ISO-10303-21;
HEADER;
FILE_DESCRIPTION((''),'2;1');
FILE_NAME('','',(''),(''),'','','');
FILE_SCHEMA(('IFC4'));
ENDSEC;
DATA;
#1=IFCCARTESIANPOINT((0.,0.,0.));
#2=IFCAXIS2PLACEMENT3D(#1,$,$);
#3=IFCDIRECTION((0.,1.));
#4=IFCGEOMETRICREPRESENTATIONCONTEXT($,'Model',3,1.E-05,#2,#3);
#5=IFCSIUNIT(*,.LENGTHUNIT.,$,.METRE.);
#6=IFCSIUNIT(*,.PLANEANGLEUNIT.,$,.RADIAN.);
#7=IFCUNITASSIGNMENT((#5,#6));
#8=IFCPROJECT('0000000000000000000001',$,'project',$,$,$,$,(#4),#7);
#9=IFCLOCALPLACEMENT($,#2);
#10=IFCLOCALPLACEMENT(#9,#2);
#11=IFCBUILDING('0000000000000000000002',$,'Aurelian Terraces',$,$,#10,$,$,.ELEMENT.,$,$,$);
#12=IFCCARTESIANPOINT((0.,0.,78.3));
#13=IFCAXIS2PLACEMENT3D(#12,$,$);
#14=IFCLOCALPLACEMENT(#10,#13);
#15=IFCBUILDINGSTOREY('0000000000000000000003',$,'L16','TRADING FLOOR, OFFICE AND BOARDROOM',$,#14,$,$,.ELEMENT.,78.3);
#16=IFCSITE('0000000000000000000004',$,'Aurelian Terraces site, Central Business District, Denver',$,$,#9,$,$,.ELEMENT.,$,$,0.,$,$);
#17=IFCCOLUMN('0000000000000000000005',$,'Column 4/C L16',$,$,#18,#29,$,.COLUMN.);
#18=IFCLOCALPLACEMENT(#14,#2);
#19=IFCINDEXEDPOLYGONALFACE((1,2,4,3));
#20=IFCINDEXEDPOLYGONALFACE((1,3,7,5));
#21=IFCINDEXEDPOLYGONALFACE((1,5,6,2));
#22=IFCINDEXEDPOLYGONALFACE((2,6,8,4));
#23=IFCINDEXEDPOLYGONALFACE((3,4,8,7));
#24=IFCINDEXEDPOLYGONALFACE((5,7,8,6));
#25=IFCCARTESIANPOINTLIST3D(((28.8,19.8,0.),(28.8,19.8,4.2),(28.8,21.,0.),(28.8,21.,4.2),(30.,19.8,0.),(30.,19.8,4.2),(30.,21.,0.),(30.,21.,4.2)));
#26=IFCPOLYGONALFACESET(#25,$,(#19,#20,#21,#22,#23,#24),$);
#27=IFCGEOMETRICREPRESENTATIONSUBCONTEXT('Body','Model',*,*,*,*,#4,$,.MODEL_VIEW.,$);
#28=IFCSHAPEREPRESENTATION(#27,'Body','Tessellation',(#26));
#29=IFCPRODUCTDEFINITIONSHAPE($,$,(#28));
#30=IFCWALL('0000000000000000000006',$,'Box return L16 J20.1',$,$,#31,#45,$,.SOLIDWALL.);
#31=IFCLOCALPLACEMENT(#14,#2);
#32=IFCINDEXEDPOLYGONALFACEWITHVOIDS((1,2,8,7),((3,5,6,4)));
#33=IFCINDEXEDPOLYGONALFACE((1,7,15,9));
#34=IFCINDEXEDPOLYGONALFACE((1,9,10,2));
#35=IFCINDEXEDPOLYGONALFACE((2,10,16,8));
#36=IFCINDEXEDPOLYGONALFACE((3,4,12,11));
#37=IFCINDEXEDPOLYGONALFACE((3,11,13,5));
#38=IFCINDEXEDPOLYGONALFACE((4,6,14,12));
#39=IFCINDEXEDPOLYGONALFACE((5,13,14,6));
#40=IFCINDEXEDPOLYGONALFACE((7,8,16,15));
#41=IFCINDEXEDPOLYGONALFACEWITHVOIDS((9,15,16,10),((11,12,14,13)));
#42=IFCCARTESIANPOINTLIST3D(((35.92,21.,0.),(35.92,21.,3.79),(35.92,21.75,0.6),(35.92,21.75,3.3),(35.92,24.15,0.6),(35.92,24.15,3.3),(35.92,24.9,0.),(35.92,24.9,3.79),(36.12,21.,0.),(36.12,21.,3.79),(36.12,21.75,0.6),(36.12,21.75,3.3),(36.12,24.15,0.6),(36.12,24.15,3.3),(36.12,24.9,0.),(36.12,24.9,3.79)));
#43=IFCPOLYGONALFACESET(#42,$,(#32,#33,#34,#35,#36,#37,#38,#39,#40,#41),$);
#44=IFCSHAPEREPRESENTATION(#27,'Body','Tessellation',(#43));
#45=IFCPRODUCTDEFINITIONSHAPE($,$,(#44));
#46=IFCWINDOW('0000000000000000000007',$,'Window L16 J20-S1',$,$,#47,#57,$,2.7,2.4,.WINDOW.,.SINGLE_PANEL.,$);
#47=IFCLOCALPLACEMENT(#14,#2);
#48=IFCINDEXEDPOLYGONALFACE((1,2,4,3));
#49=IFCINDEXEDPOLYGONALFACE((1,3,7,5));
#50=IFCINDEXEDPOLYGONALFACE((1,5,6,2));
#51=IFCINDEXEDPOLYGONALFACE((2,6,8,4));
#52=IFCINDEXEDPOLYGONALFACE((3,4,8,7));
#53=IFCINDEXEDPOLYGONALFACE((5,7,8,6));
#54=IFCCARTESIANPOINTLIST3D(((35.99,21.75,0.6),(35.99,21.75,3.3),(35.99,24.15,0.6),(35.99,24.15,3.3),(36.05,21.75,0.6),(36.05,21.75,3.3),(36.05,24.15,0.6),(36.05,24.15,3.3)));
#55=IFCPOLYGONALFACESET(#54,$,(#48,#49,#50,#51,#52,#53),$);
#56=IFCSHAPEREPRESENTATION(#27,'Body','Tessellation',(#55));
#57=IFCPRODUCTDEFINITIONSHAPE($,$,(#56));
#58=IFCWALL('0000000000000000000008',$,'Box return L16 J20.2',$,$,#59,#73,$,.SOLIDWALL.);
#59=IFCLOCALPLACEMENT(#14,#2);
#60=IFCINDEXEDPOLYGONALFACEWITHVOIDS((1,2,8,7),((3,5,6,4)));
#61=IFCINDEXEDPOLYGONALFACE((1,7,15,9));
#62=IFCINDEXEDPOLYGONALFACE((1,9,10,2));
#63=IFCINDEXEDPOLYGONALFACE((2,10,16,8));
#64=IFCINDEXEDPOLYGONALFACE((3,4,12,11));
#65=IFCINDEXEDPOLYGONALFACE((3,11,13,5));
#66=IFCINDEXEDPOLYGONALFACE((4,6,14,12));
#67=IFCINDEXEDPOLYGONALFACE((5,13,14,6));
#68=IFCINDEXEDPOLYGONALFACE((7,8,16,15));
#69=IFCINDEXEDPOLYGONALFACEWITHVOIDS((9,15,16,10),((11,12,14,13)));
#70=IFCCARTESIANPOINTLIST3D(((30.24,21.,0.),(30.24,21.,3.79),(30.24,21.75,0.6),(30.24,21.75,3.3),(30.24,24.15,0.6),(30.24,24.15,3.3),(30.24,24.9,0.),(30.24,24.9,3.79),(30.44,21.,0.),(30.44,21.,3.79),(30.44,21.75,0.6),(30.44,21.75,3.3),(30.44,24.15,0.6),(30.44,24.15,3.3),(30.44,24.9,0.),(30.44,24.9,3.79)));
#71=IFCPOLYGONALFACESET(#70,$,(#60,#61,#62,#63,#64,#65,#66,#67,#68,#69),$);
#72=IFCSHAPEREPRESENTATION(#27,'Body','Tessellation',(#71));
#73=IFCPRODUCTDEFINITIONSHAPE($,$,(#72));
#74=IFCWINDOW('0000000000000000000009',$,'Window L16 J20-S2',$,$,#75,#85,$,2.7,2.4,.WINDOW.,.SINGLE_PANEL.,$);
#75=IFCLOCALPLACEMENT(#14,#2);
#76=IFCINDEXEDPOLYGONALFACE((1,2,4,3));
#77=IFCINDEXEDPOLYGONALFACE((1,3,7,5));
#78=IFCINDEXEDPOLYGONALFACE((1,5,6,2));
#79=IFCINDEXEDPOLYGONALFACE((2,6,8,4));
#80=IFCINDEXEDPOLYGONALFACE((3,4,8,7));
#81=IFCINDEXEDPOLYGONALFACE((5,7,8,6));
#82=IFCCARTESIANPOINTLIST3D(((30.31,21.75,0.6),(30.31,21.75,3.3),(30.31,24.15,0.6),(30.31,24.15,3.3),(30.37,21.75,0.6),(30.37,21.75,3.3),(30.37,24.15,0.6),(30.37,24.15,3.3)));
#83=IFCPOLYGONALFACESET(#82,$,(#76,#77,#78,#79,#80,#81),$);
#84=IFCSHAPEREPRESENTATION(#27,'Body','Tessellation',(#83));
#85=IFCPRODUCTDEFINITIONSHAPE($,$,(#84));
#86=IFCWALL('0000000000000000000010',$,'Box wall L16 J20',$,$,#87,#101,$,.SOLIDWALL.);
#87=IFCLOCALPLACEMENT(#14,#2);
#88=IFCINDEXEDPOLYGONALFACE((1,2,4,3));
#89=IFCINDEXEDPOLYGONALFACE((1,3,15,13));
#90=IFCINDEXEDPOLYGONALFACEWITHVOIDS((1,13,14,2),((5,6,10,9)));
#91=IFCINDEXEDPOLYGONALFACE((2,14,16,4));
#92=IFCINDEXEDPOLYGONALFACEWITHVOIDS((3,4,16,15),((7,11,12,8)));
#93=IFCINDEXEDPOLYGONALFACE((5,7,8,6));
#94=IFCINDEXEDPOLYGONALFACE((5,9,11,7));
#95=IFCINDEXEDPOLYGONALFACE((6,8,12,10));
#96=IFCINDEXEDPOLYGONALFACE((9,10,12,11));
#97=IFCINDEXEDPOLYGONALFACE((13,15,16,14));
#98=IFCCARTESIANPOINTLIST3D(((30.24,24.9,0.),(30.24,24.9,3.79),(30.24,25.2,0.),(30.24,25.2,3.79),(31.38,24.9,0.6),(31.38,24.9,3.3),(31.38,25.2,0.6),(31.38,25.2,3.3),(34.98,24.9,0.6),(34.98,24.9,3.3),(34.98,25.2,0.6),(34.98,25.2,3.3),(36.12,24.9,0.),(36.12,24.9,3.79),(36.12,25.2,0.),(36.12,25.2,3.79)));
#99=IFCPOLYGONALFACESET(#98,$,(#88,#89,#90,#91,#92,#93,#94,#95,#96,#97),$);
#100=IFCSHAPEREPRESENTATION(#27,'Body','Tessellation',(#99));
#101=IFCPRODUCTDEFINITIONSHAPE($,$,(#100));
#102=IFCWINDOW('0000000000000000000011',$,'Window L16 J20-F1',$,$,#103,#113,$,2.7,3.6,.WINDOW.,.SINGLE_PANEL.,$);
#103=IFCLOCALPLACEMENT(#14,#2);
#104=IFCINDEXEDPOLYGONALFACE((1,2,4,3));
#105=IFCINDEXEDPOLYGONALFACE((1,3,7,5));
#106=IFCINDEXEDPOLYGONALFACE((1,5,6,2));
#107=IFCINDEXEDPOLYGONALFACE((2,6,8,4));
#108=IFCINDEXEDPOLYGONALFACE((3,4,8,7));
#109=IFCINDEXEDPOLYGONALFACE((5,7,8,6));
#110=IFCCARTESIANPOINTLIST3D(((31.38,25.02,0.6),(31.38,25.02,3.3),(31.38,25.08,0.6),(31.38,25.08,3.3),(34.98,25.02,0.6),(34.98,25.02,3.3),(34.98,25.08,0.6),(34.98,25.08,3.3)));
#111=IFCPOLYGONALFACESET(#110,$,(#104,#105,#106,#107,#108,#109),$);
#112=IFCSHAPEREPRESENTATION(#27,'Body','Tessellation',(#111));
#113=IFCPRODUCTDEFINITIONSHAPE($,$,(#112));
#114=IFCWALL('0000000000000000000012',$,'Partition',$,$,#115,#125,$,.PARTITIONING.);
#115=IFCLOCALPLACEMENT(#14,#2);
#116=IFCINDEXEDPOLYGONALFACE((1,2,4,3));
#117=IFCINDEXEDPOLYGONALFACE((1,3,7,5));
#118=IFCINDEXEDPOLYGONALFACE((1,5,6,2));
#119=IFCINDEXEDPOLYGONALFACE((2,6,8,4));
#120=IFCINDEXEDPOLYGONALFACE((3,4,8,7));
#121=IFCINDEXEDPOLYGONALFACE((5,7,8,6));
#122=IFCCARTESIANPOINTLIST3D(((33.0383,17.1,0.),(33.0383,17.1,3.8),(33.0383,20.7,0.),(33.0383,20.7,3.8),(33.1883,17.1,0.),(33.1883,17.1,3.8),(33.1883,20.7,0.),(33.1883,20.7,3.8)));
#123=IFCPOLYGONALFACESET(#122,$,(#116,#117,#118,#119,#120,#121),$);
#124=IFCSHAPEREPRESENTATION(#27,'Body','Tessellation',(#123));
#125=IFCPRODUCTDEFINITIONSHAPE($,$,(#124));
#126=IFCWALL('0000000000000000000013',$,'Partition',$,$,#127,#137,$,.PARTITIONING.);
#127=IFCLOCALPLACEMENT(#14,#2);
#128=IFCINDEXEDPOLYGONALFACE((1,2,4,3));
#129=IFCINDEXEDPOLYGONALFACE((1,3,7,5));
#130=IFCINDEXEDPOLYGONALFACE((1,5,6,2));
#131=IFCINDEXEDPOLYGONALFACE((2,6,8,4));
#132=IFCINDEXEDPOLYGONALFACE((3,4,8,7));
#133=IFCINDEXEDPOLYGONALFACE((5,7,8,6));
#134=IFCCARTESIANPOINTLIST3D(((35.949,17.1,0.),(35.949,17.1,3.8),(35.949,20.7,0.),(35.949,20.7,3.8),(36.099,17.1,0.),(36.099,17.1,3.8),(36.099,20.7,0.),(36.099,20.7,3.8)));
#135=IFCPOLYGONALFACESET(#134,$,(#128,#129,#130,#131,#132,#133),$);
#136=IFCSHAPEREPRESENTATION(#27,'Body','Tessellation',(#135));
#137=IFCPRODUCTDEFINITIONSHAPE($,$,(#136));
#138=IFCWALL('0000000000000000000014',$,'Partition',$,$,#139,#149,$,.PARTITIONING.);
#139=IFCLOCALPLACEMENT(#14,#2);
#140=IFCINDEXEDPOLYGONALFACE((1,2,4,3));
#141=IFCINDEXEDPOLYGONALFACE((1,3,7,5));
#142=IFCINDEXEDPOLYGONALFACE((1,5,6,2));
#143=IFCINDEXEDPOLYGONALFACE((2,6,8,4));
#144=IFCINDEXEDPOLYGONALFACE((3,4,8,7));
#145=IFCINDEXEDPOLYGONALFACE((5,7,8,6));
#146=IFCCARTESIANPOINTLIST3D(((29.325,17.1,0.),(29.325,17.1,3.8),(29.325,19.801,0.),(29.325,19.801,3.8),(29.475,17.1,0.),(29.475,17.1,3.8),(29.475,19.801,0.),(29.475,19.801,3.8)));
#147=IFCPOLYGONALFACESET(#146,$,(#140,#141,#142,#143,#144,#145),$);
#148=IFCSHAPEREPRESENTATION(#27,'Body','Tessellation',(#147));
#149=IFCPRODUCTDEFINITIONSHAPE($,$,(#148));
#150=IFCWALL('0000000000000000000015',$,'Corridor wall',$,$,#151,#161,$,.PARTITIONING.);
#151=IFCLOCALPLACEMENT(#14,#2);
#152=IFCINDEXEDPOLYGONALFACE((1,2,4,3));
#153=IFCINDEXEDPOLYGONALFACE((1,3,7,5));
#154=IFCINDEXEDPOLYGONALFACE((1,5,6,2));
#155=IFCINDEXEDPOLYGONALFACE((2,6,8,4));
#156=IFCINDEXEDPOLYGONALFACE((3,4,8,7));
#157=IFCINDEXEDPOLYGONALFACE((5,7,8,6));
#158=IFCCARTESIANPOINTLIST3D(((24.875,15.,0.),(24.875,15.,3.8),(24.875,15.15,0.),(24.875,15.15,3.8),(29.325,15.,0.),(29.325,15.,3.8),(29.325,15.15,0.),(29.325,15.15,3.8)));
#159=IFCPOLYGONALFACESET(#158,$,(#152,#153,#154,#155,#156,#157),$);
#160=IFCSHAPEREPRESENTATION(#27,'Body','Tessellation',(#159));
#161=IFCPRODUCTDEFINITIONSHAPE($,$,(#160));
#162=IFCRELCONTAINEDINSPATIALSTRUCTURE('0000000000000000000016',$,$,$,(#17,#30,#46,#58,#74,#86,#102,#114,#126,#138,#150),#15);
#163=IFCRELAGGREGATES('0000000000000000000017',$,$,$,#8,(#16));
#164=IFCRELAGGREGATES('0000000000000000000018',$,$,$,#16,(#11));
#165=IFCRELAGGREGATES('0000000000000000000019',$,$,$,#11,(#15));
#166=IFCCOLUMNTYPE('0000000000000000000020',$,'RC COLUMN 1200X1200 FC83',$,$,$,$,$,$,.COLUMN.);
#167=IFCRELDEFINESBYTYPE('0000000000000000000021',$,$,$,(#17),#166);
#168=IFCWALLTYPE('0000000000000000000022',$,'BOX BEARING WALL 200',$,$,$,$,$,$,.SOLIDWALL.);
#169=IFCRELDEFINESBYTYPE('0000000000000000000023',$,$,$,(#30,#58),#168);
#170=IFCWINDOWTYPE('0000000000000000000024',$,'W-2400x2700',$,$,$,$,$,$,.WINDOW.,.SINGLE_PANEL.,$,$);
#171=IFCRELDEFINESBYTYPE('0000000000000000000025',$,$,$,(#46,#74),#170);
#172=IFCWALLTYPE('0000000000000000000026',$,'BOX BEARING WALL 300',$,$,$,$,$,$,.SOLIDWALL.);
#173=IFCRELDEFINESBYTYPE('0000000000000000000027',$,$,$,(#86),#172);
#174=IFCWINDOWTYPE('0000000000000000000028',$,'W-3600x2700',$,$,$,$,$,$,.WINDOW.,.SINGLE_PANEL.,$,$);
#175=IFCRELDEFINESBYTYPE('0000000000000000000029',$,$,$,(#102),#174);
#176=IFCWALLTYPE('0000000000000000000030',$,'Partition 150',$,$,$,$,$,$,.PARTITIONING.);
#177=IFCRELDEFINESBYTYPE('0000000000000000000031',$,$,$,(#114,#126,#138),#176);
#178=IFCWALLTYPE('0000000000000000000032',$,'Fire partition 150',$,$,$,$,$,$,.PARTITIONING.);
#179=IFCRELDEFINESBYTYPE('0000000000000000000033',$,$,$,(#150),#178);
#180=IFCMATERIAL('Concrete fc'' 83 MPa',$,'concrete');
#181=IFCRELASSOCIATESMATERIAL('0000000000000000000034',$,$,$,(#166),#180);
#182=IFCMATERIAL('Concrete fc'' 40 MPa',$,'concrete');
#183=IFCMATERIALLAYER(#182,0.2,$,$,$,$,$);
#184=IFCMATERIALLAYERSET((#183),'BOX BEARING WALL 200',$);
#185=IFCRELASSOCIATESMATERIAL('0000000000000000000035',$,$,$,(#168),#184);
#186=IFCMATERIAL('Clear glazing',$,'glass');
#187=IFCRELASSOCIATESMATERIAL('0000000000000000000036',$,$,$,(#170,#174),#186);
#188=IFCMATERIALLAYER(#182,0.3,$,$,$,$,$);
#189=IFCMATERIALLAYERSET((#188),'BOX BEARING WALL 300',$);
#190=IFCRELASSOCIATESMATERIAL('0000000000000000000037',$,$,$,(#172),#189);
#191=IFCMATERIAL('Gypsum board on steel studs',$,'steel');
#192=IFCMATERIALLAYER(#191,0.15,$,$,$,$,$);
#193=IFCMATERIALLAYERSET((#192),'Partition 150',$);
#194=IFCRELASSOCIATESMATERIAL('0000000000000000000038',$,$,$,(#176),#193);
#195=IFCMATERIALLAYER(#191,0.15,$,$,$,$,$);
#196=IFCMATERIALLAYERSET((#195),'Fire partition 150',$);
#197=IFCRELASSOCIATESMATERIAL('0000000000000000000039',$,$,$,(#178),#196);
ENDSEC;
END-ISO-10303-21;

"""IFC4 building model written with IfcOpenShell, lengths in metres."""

from ifc_helpers import new_model, si_unit, direction, frame, frame_2d, origin, origin_2d, place, context, subcontext, project, spatial, rectangle, extrude, source, transform, mapped, material, layer, layer_set, material_profile, profile_set, type_object, element, fill, save


model = new_model("IFC4")

# Units and contexts
model_context = context("Model", 3, precision=1e-05, world=origin(), true_north=direction((0.0, 1.0)))
body_context = subcontext(model_context, "Body", "Model", "MODEL_VIEW")
ifc_project = project(units=[si_unit("LENGTHUNIT", "METRE"), si_unit("PLANEANGLEUNIT", "RADIAN")], contexts=[model_context])

# Site, building, storey
site_placement = place(None, origin())
site = spatial("IfcSite", under=ifc_project, at=site_placement, Name="Aurelian Terraces site, Central Business District, Denver", CompositionType="ELEMENT", RefElevation=0.0)
building_placement = place(site_placement, origin())
building = spatial("IfcBuilding", under=site, at=building_placement, Name="Aurelian Terraces", CompositionType="ELEMENT")
storey_placement = place(building_placement, frame((0.0, 0.0, 78.3)))
storey = spatial("IfcBuildingStorey", under=building, at=storey_placement, Name="L16", Description="TRADING FLOOR, OFFICE AND BOARDROOM", CompositionType="ELEMENT", Elevation=78.3)

# Column
ifc_material_1 = material(Name="Concrete fc' 83 MPa", Category="concrete")
ifc_material_profile = material_profile(ifc_material_1, rectangle(XDim=1.2, YDim=1.2, at=origin_2d()))
ifc_profile_set = profile_set([ifc_material_profile], Name="Concrete fc' 83 MPa")
column_type = type_object("IfcColumnType", Name="RC COLUMN 1200X1200 FC83", PredefinedType="COLUMN", material=ifc_profile_set)
shared_shape_1 = source(origin(), body_context, "Body", "SweptSolid", [
    extrude(rectangle(XDim=1.2, YDim=1.2, at=origin_2d()), origin(), (0.0, 0.0, 1.0), 4.2),
])
column_placement = place(storey_placement, frame((29.4, 20.4, 0.0), z_axis=(0.0, 0.0, 1.0), x_axis=(1.0, 0.0, 0.0)))
element("IfcColumn", 1, at=column_placement, inside=storey, type_object=column_type, Name="Column 4/C L16", PredefinedType="COLUMN", context=body_context, shape_type="MappedRepresentation", body=[
    mapped(shared_shape_1, transform((0.0, 0.0, 0.0), scale=1.0)),
])

# Walls, openings, windows
ifc_material_2 = material(Name="Concrete fc' 40 MPa", Category="concrete")
ifc_layer_1 = layer(ifc_material_2, 0.2)
ifc_layer_set_1 = layer_set([ifc_layer_1], Name="BOX BEARING WALL 200")
wall_type_1 = type_object("IfcWallType", Name="BOX BEARING WALL 200", PredefinedType="SOLIDWALL", material=ifc_layer_set_1)
shared_shape_2 = source(origin(), body_context, "Body", "SweptSolid", [
    extrude(rectangle(XDim=3.9, YDim=0.2, at=frame_2d((1.95, 0.0))), origin(), (0.0, 0.0, 1.0), 3.79),
])
wall_1_placement = place(storey_placement, frame((36.02, 21.0, 0.0), z_axis=(0.0, 0.0, 1.0), x_axis=(0.0, 1.0, 0.0)))
wall_1 = element("IfcWall", 2, at=wall_1_placement, inside=storey, type_object=wall_type_1, Name="Box return L16 J20.1", PredefinedType="SOLIDWALL", context=body_context, shape_type="MappedRepresentation", body=[
    mapped(shared_shape_2, transform((0.0, 0.0, 0.0), scale=1.0)),
])
shared_shape_3 = source(origin(), body_context, "Body", "SweptSolid", [
    extrude(rectangle(XDim=2.4, YDim=2.7, at=frame_2d((1.2, 1.35))), frame((0.0, 0.11, 0.0), z_axis=(0.0, -1.0, 0.0), x_axis=(1.0, 0.0, 0.0)), (0.0, 0.0, 1.0), 0.22),
])
opening_1_placement = place(wall_1_placement, frame((0.75, 0.0, 0.6)))
opening_1 = element("IfcOpeningElement", 3, at=opening_1_placement, cuts=wall_1, PredefinedType="OPENING", context=body_context, shape_type="MappedRepresentation", body=[
    mapped(shared_shape_3, transform((0.0, 0.0, 0.0), scale=1.0)),
])
ifc_material_3 = material(Name="Clear glazing", Category="glass")
window_type_1 = type_object("IfcWindowType", Name="W-2400x2700", PartitioningType="SINGLE_PANEL", PredefinedType="WINDOW", material=ifc_material_3)
shared_shape_4 = source(origin(), body_context, "Body", "SweptSolid", [
    extrude(rectangle(XDim=2.4, YDim=2.7, at=frame_2d((1.2, 1.35))), frame((0.0, 0.03, 0.0), z_axis=(0.0, -1.0, 0.0), x_axis=(1.0, 0.0, 0.0)), (0.0, 0.0, 1.0), 0.06),
])
window_1_placement = place(opening_1_placement, origin())
window_1 = element("IfcWindow", 4, at=window_1_placement, inside=storey, type_object=window_type_1, Name="Window L16 J20-S1", OverallHeight=2.7, OverallWidth=2.4, PartitioningType="SINGLE_PANEL", PredefinedType="WINDOW", context=body_context, shape_type="MappedRepresentation", body=[
    mapped(shared_shape_4, transform((0.0, 0.0, 0.0), scale=1.0)),
])
fill(opening_1, window_1)
wall_2_placement = place(storey_placement, frame((30.34, 21.0, 0.0), z_axis=(0.0, 0.0, 1.0), x_axis=(0.0, 1.0, 0.0)))
wall_2 = element("IfcWall", 5, at=wall_2_placement, inside=storey, type_object=wall_type_1, Name="Box return L16 J20.2", PredefinedType="SOLIDWALL", context=body_context, shape_type="MappedRepresentation", body=[
    mapped(shared_shape_2, transform((0.0, 0.0, 0.0), scale=1.0)),
])
opening_2_placement = place(wall_2_placement, frame((0.75, 0.0, 0.6)))
opening_2 = element("IfcOpeningElement", 6, at=opening_2_placement, cuts=wall_2, PredefinedType="OPENING", context=body_context, shape_type="MappedRepresentation", body=[
    mapped(shared_shape_3, transform((0.0, 0.0, 0.0), scale=1.0)),
])
window_2_placement = place(opening_2_placement, origin())
window_2 = element("IfcWindow", 7, at=window_2_placement, inside=storey, type_object=window_type_1, Name="Window L16 J20-S2", OverallHeight=2.7, OverallWidth=2.4, PartitioningType="SINGLE_PANEL", PredefinedType="WINDOW", context=body_context, shape_type="MappedRepresentation", body=[
    mapped(shared_shape_4, transform((0.0, 0.0, 0.0), scale=1.0)),
])
fill(opening_2, window_2)
ifc_layer_2 = layer(ifc_material_2, 0.3)
ifc_layer_set_2 = layer_set([ifc_layer_2], Name="BOX BEARING WALL 300")
wall_type_2 = type_object("IfcWallType", Name="BOX BEARING WALL 300", PredefinedType="SOLIDWALL", material=ifc_layer_set_2)
shared_shape_5 = source(origin(), body_context, "Body", "SweptSolid", [
    extrude(rectangle(XDim=5.88, YDim=0.3, at=frame_2d((2.94, 0.0))), origin(), (0.0, 0.0, 1.0), 3.79),
])
wall_3_placement = place(storey_placement, frame((36.12, 25.05, 0.0), z_axis=(0.0, 0.0, 1.0), x_axis=(-1.0, 0.0, 0.0)))
wall_3 = element("IfcWall", 8, at=wall_3_placement, inside=storey, type_object=wall_type_2, Name="Box wall L16 J20", PredefinedType="SOLIDWALL", context=body_context, shape_type="MappedRepresentation", body=[
    mapped(shared_shape_5, transform((0.0, 0.0, 0.0), scale=1.0)),
])
shared_shape_6 = source(origin(), body_context, "Body", "SweptSolid", [
    extrude(rectangle(XDim=3.6, YDim=2.7, at=frame_2d((1.8, 1.35))), frame((0.0, 0.16, 0.0), z_axis=(0.0, -1.0, 0.0), x_axis=(1.0, 0.0, 0.0)), (0.0, 0.0, 1.0), 0.32),
])
opening_3_placement = place(wall_3_placement, frame((1.14, 0.0, 0.6)))
opening_3 = element("IfcOpeningElement", 9, at=opening_3_placement, cuts=wall_3, PredefinedType="OPENING", context=body_context, shape_type="MappedRepresentation", body=[
    mapped(shared_shape_6, transform((0.0, 0.0, 0.0), scale=1.0)),
])
window_type_2 = type_object("IfcWindowType", Name="W-3600x2700", PartitioningType="SINGLE_PANEL", PredefinedType="WINDOW", material=ifc_material_3)
shared_shape_7 = source(origin(), body_context, "Body", "SweptSolid", [
    extrude(rectangle(XDim=3.6, YDim=2.7, at=frame_2d((1.8, 1.35))), frame((0.0, 0.03, 0.0), z_axis=(0.0, -1.0, 0.0), x_axis=(1.0, 0.0, 0.0)), (0.0, 0.0, 1.0), 0.06),
])
window_3_placement = place(opening_3_placement, origin())
window_3 = element("IfcWindow", 10, at=window_3_placement, inside=storey, type_object=window_type_2, Name="Window L16 J20-F1", OverallHeight=2.7, OverallWidth=3.6, PartitioningType="SINGLE_PANEL", PredefinedType="WINDOW", context=body_context, shape_type="MappedRepresentation", body=[
    mapped(shared_shape_7, transform((0.0, 0.0, 0.0), scale=1.0)),
])
fill(opening_3, window_3)

# Walls
ifc_material_4 = material(Name="Gypsum board on steel studs", Category="steel")
ifc_layer_3 = layer(ifc_material_4, 0.15)
ifc_layer_set_3 = layer_set([ifc_layer_3], Name="Partition 150")
wall_type_3 = type_object("IfcWallType", Name="Partition 150", PredefinedType="PARTITIONING", material=ifc_layer_set_3)
shared_shape_8 = source(origin(), body_context, "Body", "SweptSolid", [
    extrude(rectangle(XDim=3.6, YDim=0.15, at=frame_2d((1.8, 0.0))), origin(), (0.0, 0.0, 1.0), 3.8),
])
for number, where, z_axis, x_axis, name in (
    (11, (33.1133, 20.7, 0.0), (0.0, 0.0, 1.0), (0.0, -1.0, 0.0), "Partition"),
    (12, (36.024, 20.7, 0.0), (0.0, 0.0, 1.0), (0.0, -1.0, 0.0), "Partition"),
):
    element("IfcWall", number, at=place(storey_placement, frame(where, z_axis=z_axis, x_axis=x_axis)), inside=storey, type_object=wall_type_3, Name=name, PredefinedType="PARTITIONING", context=body_context, shape_type="MappedRepresentation", body=[
        mapped(shared_shape_8, transform((0.0, 0.0, 0.0), scale=1.0)),
    ])
shared_shape_9 = source(origin(), body_context, "Body", "SweptSolid", [
    extrude(rectangle(XDim=2.701, YDim=0.15, at=frame_2d((1.3505, 0.0))), origin(), (0.0, 0.0, 1.0), 3.8),
])
wall_4_placement = place(storey_placement, frame((29.4, 17.1, 0.0), z_axis=(0.0, 0.0, 1.0), x_axis=(0.0, 1.0, 0.0)))
element("IfcWall", 13, at=wall_4_placement, inside=storey, type_object=wall_type_3, Name="Partition", PredefinedType="PARTITIONING", context=body_context, shape_type="MappedRepresentation", body=[
    mapped(shared_shape_9, transform((0.0, 0.0, 0.0), scale=1.0)),
])

# Shared definitions
ifc_layer_4 = layer(ifc_material_4, 0.15)
ifc_layer_set_4 = layer_set([ifc_layer_4], Name="Fire partition 150")
wall_type_4 = type_object("IfcWallType", Name="Fire partition 150", PredefinedType="PARTITIONING", material=ifc_layer_set_4)

# Wall
shared_shape_10 = source(origin(), body_context, "Body", "SweptSolid", [
    extrude(rectangle(XDim=4.45, YDim=0.15, at=frame_2d((2.225, 0.0))), origin(), (0.0, 0.0, 1.0), 3.8),
])
wall_5_placement = place(storey_placement, frame((29.325, 15.075, 0.0), z_axis=(0.0, 0.0, 1.0), x_axis=(-1.0, 0.0, 0.0)))
element("IfcWall", 14, at=wall_5_placement, inside=storey, type_object=wall_type_4, Name="Corridor wall", PredefinedType="PARTITIONING", context=body_context, shape_type="MappedRepresentation", body=[
    mapped(shared_shape_10, transform((0.0, 0.0, 0.0), scale=1.0)),
])

save(model, "model.ifc")
